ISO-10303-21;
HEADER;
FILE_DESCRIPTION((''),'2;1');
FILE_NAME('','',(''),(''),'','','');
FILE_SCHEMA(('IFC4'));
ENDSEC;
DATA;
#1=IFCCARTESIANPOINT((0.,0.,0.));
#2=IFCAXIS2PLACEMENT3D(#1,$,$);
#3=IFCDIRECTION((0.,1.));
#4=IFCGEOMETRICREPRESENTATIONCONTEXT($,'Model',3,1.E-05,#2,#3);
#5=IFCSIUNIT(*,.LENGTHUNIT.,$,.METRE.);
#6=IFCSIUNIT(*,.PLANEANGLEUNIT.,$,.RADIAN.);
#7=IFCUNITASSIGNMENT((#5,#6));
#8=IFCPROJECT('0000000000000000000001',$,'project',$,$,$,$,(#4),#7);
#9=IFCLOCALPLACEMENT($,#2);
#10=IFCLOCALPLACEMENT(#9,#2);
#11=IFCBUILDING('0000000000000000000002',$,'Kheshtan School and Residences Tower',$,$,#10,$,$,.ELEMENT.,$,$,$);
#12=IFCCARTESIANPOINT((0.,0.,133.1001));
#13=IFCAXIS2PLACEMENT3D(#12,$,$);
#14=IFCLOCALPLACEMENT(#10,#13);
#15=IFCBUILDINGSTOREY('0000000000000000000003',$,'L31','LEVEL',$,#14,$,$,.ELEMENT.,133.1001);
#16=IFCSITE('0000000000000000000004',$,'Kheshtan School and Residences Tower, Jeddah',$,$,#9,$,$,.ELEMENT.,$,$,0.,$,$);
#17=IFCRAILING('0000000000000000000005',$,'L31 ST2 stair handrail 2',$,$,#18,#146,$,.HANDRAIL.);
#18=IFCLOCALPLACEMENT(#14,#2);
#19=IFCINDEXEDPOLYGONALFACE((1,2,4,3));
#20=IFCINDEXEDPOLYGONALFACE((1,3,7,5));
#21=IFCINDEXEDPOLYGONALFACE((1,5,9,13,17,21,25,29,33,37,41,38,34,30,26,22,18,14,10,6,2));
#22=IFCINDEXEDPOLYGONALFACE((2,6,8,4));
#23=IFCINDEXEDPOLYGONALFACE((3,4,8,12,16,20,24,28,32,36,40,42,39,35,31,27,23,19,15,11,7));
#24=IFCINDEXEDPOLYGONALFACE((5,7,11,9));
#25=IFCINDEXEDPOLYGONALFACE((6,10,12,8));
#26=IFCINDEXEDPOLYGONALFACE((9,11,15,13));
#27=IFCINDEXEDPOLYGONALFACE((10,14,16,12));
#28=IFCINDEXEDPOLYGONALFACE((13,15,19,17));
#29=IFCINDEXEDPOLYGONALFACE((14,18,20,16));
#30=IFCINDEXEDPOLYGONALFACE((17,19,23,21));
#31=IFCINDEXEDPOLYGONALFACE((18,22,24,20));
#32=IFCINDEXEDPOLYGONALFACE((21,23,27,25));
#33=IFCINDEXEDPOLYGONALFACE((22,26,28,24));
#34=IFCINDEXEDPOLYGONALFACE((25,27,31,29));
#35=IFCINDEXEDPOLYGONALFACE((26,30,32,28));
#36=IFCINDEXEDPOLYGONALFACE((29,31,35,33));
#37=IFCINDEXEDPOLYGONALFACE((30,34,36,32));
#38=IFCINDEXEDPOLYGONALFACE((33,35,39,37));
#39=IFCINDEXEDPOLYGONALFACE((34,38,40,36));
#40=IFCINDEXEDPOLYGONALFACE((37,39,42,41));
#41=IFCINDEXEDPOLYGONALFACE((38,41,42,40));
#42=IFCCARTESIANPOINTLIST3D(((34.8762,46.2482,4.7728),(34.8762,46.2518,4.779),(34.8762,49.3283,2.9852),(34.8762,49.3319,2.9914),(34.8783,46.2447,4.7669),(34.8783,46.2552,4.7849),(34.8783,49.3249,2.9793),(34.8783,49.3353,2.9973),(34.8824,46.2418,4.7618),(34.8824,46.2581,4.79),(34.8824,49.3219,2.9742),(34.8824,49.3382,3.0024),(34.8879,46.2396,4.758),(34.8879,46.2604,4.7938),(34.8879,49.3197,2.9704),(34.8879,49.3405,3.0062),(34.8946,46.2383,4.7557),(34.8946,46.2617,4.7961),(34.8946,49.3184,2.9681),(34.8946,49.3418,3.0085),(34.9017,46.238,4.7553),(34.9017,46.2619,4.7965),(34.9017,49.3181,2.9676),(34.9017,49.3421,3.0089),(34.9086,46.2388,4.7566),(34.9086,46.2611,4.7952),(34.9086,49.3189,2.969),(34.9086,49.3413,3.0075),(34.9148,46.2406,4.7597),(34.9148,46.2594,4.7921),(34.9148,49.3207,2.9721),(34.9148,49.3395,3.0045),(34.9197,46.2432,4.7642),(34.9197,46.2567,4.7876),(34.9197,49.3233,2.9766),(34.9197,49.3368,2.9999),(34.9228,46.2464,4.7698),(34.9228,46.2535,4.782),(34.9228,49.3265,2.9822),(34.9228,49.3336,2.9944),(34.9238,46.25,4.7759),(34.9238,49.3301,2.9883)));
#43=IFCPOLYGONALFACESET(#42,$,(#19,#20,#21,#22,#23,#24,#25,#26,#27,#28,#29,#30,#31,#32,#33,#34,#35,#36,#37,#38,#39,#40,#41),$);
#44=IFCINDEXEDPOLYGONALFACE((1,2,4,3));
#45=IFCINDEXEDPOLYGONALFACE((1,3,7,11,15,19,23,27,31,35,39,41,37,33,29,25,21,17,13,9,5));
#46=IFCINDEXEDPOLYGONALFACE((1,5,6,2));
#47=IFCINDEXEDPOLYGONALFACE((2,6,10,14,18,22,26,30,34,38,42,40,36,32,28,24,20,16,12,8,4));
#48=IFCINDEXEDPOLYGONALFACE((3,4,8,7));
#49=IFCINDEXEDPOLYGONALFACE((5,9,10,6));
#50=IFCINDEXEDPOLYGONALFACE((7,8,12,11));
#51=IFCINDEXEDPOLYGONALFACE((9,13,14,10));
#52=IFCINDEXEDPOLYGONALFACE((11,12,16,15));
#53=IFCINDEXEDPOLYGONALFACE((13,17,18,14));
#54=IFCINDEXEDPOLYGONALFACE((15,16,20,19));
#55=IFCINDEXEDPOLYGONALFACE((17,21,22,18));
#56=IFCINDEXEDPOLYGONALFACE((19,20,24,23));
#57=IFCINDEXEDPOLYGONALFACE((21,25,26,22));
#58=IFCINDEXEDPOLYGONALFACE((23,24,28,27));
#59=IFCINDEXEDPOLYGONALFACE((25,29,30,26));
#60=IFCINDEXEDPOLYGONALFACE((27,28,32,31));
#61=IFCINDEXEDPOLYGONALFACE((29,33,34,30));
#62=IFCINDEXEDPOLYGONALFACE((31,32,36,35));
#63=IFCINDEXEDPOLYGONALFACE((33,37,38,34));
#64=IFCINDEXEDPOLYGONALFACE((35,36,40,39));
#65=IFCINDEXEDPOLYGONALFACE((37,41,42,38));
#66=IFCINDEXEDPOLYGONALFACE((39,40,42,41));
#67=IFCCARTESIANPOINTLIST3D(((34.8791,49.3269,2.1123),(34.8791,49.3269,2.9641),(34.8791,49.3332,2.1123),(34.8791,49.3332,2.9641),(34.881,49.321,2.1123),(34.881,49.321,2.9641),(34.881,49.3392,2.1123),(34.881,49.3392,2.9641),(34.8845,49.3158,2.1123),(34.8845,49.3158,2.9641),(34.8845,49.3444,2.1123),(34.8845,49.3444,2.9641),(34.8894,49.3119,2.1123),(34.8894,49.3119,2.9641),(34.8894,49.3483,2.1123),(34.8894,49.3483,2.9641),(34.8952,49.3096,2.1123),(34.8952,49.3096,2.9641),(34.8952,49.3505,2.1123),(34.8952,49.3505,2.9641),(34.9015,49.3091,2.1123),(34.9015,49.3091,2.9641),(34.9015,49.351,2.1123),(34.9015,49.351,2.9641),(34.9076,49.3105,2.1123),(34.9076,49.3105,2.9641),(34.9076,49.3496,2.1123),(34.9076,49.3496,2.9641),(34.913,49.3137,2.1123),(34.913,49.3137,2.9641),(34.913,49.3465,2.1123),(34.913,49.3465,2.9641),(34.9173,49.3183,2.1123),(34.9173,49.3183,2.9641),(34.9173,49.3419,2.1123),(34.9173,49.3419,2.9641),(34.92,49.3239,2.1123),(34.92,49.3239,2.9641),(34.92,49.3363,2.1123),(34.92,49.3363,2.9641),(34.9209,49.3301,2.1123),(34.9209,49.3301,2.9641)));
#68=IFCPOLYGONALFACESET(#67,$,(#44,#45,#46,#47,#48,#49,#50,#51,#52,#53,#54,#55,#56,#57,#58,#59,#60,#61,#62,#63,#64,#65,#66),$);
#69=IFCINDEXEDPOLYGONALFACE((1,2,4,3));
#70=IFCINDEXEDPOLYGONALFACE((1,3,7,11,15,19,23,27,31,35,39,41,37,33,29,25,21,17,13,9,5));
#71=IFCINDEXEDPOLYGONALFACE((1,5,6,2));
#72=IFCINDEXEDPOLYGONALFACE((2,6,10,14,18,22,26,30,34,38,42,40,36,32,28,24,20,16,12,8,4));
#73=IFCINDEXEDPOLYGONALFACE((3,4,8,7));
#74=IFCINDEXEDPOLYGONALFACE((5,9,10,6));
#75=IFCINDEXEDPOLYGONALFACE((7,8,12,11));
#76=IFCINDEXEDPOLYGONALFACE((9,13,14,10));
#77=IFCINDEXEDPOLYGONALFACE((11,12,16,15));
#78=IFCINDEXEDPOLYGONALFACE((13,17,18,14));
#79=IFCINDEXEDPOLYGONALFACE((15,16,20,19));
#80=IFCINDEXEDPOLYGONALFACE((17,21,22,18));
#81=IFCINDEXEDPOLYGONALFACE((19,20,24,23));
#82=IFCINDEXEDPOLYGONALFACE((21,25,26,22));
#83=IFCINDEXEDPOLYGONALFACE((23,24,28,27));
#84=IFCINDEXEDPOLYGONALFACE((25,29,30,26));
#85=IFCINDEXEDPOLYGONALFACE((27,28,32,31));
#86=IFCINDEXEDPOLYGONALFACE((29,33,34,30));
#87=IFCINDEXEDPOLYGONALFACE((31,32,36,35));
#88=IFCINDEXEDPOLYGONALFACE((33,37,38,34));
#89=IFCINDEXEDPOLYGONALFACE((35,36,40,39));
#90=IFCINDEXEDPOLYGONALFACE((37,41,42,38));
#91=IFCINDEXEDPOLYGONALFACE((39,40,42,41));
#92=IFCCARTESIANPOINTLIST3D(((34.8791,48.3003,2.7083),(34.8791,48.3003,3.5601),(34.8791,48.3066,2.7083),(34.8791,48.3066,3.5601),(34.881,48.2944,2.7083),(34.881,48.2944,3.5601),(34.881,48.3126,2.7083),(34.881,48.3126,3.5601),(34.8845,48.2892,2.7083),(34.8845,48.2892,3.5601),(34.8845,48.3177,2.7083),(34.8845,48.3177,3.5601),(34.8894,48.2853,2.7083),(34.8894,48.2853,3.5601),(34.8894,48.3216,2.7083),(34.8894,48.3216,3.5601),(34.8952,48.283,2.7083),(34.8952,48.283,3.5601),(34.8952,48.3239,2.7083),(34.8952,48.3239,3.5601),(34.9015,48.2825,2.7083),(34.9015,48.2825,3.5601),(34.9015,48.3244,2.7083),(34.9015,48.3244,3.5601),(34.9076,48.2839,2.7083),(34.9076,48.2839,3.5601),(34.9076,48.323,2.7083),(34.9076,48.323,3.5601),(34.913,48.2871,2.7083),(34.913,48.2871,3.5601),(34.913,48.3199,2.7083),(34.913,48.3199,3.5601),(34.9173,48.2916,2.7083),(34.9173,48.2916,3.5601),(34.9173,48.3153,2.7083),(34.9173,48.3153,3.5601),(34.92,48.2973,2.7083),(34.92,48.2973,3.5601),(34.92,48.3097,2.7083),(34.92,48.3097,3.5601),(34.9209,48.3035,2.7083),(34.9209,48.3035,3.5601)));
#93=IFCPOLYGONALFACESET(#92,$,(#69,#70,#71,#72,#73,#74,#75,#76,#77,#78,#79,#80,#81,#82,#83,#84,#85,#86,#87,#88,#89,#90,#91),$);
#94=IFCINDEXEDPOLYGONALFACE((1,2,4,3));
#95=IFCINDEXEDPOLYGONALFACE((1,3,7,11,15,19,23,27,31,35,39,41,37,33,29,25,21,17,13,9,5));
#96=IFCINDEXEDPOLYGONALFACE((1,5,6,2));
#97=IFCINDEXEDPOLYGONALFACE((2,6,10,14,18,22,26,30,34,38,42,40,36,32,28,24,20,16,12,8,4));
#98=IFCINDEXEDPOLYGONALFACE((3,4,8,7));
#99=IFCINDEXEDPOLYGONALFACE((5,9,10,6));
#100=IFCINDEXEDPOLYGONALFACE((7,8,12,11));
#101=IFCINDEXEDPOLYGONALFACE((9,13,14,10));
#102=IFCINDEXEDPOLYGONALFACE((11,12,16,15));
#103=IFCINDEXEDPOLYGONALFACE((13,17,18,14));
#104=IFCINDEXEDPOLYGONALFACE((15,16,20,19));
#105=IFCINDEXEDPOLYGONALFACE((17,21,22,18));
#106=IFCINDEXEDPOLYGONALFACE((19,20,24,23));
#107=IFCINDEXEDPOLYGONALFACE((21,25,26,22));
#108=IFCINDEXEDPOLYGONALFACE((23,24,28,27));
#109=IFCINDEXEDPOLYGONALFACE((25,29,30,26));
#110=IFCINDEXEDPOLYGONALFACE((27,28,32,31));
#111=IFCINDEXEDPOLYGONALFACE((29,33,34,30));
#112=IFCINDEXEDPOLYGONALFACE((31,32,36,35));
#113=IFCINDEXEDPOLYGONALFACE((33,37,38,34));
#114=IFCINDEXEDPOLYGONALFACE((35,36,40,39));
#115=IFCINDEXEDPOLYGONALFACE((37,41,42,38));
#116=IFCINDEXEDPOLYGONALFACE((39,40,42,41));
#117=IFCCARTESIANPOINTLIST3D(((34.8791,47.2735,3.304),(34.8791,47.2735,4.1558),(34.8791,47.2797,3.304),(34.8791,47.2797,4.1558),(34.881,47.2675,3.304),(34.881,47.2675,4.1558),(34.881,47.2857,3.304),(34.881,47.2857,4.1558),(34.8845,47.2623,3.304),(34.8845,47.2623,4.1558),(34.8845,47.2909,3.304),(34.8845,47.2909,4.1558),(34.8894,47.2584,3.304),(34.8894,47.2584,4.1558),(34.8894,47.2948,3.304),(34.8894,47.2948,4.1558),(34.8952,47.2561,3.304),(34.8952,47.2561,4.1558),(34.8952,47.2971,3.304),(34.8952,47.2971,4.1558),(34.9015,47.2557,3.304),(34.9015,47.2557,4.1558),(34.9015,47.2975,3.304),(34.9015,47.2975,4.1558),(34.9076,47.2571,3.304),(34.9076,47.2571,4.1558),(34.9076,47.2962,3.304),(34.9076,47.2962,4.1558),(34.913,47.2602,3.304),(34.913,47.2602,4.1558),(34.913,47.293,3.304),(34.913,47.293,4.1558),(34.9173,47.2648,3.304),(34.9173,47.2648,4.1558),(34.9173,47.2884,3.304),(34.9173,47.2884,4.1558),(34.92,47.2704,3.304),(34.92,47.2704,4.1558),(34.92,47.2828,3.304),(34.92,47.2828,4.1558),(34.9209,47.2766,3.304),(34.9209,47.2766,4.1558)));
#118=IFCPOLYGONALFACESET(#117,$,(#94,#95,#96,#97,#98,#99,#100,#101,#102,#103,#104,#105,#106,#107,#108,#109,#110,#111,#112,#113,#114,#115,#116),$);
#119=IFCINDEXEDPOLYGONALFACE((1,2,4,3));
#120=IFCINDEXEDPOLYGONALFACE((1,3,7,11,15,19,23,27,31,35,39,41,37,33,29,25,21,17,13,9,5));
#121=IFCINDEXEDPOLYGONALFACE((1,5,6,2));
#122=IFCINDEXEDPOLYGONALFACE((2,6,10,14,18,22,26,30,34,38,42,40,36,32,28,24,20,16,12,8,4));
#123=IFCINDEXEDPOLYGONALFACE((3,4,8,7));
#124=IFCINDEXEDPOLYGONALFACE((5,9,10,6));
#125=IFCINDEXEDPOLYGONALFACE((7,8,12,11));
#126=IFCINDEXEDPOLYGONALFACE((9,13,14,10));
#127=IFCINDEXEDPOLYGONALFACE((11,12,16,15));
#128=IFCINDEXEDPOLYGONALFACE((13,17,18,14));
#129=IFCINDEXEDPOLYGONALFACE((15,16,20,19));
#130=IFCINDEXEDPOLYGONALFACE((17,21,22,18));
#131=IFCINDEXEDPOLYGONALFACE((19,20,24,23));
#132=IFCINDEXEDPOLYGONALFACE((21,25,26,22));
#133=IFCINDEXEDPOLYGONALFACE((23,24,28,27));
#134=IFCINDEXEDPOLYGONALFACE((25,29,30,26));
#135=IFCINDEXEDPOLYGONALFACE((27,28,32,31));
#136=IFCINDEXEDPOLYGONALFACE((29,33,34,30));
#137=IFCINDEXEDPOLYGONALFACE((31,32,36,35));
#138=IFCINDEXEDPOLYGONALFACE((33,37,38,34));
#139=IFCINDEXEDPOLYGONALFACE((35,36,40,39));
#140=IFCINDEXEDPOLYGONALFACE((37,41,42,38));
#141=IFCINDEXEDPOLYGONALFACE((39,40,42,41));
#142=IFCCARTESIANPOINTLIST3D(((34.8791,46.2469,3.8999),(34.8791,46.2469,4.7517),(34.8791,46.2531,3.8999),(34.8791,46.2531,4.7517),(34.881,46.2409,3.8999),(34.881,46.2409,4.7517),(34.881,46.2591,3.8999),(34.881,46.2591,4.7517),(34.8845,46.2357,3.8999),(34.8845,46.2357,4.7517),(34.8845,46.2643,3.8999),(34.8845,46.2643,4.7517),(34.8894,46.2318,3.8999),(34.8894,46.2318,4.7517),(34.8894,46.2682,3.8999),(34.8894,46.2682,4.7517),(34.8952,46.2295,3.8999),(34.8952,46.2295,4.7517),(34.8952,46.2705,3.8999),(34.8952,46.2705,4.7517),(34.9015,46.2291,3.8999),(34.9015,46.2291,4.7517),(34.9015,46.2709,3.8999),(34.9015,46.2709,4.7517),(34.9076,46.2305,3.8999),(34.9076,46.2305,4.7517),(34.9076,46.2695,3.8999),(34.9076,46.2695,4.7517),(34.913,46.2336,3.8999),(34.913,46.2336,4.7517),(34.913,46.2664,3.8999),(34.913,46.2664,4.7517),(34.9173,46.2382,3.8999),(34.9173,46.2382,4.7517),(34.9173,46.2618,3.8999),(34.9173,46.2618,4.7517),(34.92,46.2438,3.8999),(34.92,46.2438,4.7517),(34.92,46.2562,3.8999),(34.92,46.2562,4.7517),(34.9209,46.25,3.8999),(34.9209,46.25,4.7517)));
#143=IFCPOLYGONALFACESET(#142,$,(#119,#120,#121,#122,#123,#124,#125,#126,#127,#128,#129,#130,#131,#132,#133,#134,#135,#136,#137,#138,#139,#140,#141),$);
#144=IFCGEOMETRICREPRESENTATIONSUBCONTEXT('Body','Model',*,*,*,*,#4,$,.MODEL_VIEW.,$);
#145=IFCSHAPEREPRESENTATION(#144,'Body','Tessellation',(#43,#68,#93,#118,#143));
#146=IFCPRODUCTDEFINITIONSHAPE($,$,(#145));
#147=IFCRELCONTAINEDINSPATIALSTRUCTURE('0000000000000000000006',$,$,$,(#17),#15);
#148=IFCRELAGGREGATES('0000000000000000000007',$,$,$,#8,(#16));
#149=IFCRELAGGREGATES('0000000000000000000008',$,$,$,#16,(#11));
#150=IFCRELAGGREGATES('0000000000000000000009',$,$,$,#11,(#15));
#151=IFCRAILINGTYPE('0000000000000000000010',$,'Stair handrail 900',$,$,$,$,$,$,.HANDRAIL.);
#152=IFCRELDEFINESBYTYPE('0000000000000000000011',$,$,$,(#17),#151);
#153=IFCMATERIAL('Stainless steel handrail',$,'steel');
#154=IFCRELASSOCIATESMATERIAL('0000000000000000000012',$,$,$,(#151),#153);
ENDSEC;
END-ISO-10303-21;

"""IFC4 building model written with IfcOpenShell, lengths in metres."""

from ifc_helpers import new_model, si_unit, direction, frame, origin, origin_2d, place, context, subcontext, project, spatial, circle, extrude, material, type_object, element, save


model = new_model("IFC4")

# Units and contexts
model_context = context("Model", 3, precision=1e-05, world=origin(), true_north=direction((0.0, 1.0)))
body_context = subcontext(model_context, "Body", "Model", "MODEL_VIEW")
ifc_project = project(units=[si_unit("LENGTHUNIT", "METRE"), si_unit("PLANEANGLEUNIT", "RADIAN")], contexts=[model_context])

# Site, building, storey
site_placement = place(None, origin())
site = spatial("IfcSite", under=ifc_project, at=site_placement, Name="Kheshtan School and Residences Tower, Jeddah", CompositionType="ELEMENT", RefElevation=0.0)
building_placement = place(site_placement, origin())
building = spatial("IfcBuilding", under=site, at=building_placement, Name="Kheshtan School and Residences Tower", CompositionType="ELEMENT")
storey_placement = place(building_placement, frame((0.0, 0.0, 133.1001)))
storey = spatial("IfcBuildingStorey", under=building, at=storey_placement, Name="L31", Description="LEVEL", CompositionType="ELEMENT", Elevation=133.1001)

# Railing
ifc_material_1 = material(Name="Stainless steel handrail", Category="steel")
railing_type_1 = type_object("IfcRailingType", Name="Stair handrail 900", PredefinedType="HANDRAIL", material=ifc_material_1)
railing_1_placement = place(storey_placement, frame((34.8999, 49.3301, 2.1123)))
element("IfcRailing", 1, at=railing_1_placement, inside=storey, type_object=railing_type_1, Name="L31 ST2 stair handrail 2", PredefinedType="HANDRAIL", context=body_context, shape_type="SweptSolid", body=[
    extrude(circle(Radius=0.0239, at=origin_2d()), frame((0.0, 0.0, 0.876), z_axis=(0.0, -0.864891, 0.50196), x_axis=(1.0, 0.0, 0.0)), (0.0, 0.0, 1.0), 3.5613),
    extrude(circle(Radius=0.021, at=origin_2d()), origin(), (0.0, 0.0, 1.0), 0.8518),
    extrude(circle(Radius=0.021, at=origin_2d()), frame((0.0, -1.0266, 0.5959)), (0.0, 0.0, 1.0), 0.8518),
    extrude(circle(Radius=0.021, at=origin_2d()), frame((0.0, -2.0535, 1.1917)), (0.0, 0.0, 1.0), 0.8518),
    extrude(circle(Radius=0.021, at=origin_2d()), frame((0.0, -3.0801, 1.7876)), (0.0, 0.0, 1.0), 0.8518),
])

save(model, "model.ifc")
